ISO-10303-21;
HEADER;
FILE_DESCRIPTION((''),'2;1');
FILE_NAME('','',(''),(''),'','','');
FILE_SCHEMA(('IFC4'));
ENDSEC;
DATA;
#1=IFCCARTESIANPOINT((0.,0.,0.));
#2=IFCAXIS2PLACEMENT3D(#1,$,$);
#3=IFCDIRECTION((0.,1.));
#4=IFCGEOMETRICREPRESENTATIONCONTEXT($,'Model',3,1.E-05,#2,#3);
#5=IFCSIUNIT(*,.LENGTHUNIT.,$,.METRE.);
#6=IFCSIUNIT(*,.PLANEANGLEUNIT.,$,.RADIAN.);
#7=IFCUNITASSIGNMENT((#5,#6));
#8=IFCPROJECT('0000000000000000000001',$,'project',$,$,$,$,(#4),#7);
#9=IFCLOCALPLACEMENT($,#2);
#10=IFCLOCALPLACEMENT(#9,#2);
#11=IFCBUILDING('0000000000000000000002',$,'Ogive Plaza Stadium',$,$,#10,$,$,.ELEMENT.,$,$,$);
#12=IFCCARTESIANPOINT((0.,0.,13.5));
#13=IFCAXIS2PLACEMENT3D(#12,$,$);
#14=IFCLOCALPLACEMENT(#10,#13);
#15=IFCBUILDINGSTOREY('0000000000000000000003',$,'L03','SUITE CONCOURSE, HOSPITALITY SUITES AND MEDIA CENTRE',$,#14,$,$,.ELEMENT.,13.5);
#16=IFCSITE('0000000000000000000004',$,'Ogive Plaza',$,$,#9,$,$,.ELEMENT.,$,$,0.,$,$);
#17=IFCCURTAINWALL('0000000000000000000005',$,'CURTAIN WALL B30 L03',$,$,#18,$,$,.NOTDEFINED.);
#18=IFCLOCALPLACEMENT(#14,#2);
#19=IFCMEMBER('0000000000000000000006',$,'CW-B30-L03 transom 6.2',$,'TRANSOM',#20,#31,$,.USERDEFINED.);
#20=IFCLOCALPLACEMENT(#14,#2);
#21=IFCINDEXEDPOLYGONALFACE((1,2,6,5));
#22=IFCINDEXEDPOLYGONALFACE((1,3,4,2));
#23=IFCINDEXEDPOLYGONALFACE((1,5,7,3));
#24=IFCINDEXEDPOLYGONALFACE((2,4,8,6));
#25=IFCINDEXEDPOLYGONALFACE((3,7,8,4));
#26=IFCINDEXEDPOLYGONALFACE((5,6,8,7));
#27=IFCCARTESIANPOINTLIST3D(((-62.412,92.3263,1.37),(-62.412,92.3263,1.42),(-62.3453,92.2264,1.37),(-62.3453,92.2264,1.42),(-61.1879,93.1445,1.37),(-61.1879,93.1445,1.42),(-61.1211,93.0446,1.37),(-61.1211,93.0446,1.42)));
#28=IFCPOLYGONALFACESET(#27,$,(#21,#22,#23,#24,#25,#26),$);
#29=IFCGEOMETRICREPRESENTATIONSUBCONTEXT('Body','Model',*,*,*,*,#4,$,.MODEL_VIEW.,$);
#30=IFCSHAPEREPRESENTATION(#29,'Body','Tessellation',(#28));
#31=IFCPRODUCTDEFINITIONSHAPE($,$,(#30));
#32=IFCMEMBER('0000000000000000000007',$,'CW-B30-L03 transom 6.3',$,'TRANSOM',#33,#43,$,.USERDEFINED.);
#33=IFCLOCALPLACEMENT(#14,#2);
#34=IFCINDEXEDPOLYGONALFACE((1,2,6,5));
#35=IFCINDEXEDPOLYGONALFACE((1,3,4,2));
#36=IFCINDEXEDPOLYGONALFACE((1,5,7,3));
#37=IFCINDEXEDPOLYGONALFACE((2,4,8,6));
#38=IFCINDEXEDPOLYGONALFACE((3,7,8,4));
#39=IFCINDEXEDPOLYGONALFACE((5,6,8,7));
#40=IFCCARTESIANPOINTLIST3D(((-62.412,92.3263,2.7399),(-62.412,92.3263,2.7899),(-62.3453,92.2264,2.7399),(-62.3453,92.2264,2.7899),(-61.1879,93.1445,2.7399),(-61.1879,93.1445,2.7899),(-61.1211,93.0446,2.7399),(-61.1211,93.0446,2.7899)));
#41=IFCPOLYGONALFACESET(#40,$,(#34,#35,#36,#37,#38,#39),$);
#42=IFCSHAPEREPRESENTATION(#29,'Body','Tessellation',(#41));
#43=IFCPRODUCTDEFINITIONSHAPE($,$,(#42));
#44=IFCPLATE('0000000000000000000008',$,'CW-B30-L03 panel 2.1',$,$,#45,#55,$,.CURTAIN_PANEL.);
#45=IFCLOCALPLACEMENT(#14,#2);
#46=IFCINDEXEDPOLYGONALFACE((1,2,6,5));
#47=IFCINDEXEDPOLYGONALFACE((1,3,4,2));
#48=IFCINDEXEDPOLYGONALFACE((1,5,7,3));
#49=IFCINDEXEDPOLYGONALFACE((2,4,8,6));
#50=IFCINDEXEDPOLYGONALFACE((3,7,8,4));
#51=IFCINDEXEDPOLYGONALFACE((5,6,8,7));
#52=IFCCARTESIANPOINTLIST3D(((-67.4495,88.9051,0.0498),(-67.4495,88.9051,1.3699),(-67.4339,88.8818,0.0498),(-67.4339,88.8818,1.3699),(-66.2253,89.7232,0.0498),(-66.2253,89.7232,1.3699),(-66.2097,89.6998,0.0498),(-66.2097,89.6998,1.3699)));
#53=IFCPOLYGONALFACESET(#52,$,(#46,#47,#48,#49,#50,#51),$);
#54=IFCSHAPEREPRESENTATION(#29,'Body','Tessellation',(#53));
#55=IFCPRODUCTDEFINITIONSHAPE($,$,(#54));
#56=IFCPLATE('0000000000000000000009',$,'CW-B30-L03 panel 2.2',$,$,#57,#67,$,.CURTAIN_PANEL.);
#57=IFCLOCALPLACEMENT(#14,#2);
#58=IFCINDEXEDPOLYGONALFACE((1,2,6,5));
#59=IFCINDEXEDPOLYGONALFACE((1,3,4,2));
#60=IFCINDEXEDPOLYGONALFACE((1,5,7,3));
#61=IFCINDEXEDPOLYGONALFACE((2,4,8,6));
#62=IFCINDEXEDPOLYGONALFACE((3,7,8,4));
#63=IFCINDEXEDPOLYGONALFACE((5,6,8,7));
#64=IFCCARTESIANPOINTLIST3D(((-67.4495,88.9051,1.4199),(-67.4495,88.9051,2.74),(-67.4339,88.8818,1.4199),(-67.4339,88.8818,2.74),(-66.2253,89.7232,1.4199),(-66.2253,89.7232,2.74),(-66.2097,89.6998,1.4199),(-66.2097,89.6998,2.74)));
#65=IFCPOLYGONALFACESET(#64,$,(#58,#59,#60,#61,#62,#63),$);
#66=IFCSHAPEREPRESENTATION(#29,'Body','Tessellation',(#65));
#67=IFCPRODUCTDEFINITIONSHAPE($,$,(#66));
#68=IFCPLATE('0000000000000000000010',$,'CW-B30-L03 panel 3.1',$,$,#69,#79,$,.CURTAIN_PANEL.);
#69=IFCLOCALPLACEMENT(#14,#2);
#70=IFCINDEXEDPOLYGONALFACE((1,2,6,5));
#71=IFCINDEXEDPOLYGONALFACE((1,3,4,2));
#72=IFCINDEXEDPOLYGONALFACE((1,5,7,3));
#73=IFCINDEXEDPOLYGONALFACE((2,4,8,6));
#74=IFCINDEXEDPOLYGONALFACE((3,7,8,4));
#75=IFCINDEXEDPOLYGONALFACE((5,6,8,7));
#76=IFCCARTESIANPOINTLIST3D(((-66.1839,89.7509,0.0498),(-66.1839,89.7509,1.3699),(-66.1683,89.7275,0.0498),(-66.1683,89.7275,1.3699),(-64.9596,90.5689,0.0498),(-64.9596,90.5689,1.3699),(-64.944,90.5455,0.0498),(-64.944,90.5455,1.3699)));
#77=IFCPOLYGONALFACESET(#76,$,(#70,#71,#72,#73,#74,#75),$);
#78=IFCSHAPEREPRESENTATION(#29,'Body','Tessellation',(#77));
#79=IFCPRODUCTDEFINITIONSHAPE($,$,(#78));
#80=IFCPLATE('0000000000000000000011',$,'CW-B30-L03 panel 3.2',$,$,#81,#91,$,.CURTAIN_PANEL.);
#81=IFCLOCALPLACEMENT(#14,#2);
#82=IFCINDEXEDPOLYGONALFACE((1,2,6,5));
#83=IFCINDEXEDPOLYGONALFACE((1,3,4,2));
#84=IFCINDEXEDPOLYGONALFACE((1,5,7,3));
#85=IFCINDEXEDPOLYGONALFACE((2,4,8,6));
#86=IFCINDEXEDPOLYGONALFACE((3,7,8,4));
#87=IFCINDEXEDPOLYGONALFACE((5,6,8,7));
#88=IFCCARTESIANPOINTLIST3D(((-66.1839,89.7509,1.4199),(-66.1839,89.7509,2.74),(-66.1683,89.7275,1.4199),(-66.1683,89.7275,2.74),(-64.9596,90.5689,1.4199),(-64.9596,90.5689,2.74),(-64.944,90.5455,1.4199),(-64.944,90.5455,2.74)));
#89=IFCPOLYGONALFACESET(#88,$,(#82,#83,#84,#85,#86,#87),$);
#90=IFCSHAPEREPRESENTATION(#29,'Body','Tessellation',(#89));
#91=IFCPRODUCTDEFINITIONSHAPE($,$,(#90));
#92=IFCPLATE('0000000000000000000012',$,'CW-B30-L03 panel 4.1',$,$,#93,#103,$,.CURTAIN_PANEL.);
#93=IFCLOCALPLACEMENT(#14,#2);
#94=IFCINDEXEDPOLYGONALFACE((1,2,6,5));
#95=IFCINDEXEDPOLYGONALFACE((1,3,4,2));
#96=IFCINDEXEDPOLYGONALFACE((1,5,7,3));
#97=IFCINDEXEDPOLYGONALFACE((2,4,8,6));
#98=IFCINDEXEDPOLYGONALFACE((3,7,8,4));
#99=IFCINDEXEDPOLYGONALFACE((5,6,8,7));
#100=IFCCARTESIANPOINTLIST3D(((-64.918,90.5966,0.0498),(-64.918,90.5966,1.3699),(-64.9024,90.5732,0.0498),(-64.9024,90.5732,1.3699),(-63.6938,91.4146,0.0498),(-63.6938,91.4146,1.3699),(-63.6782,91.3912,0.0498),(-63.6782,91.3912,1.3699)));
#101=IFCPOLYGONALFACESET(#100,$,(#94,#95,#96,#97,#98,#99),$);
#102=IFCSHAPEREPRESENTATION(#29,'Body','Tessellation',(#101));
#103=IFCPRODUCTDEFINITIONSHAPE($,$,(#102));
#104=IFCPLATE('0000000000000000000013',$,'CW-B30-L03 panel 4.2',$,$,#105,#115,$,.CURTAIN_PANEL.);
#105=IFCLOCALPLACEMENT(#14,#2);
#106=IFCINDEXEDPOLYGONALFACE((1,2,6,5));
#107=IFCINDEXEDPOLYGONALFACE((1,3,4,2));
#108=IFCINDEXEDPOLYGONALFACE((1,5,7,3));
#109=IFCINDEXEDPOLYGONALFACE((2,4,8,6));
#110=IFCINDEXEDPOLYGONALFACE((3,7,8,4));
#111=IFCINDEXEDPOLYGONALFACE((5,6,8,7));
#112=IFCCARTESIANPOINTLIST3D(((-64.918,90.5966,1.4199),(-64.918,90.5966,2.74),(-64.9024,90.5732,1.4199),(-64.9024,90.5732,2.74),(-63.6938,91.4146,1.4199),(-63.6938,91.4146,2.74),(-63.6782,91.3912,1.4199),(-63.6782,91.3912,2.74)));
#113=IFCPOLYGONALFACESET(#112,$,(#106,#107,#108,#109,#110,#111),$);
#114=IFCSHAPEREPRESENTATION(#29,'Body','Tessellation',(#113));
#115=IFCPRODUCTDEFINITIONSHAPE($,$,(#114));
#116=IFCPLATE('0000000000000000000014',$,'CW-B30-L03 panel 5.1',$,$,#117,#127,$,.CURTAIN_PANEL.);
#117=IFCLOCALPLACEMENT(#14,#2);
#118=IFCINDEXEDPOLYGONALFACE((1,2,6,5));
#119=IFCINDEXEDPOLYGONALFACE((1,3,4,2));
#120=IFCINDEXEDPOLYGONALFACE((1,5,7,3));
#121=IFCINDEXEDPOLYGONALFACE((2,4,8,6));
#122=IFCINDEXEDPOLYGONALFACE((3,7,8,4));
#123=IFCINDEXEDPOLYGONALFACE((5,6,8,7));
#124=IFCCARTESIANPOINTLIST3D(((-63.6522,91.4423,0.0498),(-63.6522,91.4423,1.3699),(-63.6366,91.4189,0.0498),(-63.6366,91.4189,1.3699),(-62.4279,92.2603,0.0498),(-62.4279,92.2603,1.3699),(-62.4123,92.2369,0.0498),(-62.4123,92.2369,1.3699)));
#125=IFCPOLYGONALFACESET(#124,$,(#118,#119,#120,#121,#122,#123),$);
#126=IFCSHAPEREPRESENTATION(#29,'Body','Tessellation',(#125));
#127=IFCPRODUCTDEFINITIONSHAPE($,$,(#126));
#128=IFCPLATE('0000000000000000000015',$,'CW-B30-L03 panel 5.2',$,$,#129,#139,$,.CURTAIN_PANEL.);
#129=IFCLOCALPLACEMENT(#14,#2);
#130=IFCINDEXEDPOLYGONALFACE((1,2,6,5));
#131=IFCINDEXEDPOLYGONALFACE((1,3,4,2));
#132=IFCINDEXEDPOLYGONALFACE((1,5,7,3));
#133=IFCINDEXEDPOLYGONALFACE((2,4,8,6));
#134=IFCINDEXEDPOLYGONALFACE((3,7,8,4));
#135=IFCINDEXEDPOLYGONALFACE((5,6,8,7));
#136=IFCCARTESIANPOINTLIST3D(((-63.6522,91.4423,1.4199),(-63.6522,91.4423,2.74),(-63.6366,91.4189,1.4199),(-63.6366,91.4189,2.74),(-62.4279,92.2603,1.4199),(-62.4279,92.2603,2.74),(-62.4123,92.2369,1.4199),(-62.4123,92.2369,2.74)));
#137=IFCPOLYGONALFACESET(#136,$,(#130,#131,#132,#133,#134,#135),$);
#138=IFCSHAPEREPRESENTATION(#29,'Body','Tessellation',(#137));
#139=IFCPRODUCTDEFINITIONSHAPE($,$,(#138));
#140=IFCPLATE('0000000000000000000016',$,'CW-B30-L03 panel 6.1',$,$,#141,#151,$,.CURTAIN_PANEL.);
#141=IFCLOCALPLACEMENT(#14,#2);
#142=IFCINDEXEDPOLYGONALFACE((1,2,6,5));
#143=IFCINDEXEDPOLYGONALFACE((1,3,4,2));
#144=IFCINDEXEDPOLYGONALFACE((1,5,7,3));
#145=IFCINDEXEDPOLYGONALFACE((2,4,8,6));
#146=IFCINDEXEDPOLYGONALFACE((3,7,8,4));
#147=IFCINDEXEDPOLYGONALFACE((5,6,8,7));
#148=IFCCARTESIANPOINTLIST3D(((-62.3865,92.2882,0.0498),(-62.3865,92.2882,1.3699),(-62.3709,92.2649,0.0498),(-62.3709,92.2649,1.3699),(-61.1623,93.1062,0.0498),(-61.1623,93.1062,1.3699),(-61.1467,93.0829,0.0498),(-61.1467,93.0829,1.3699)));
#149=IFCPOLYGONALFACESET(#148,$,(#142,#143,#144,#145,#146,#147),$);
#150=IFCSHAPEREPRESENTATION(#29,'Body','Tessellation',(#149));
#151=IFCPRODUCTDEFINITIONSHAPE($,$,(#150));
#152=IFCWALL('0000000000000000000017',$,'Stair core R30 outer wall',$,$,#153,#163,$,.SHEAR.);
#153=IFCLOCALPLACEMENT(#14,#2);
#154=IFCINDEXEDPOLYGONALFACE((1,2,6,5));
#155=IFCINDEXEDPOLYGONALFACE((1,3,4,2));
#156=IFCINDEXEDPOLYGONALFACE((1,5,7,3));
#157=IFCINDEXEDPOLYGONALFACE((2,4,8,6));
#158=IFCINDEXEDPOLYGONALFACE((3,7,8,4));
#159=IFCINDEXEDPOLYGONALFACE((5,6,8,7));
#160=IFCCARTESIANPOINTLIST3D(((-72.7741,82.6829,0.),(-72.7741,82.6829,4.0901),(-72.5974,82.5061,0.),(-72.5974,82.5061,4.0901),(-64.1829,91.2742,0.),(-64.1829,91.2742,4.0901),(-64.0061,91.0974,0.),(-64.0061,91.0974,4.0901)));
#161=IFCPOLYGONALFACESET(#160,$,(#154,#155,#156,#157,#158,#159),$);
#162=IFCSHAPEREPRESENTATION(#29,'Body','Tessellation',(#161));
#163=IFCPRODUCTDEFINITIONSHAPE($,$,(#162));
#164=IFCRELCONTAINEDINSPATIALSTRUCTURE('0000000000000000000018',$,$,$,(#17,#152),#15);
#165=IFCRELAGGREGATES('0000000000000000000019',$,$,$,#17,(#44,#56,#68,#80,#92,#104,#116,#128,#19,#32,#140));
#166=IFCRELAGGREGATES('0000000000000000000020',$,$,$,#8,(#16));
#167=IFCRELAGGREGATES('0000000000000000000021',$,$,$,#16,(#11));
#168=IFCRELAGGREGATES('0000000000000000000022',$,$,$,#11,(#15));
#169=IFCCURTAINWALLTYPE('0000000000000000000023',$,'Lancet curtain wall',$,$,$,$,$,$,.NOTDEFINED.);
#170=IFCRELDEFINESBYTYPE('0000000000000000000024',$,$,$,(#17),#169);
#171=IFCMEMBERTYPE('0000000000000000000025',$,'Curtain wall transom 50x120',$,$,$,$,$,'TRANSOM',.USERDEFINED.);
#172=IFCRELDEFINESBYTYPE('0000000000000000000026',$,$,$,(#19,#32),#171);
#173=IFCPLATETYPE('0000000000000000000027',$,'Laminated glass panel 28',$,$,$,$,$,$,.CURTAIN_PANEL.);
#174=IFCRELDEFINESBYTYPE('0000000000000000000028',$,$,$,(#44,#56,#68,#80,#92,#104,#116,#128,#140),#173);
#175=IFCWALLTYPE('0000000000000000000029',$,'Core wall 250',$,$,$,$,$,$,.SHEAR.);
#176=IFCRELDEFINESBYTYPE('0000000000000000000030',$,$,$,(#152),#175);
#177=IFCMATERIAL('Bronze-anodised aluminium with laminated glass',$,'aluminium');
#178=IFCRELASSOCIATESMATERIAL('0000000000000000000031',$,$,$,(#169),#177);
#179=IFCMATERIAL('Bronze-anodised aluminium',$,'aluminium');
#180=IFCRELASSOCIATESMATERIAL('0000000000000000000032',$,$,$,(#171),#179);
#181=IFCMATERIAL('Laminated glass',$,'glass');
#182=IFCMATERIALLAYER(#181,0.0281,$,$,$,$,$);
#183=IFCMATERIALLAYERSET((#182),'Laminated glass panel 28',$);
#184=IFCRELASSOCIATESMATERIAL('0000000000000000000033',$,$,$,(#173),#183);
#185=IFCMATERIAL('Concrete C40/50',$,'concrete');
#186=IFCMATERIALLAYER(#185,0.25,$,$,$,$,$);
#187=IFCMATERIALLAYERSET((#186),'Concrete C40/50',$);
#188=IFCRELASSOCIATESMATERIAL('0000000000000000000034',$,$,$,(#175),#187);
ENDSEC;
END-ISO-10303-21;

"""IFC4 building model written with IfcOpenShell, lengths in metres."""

from ifc_helpers import new_model, si_unit, direction, frame, frame_2d, origin, origin_2d, place, context, subcontext, project, spatial, rectangle, extrude, material, layer, layer_set, material_profile, profile_set, type_object, element, aggregate, save


model = new_model("IFC4")

# Units and contexts
model_context = context("Model", 3, precision=1e-05, world=origin(), true_north=direction((0.0, 1.0)))
body_context = subcontext(model_context, "Body", "Model", "MODEL_VIEW")
ifc_project = project(units=[si_unit("LENGTHUNIT", "METRE"), si_unit("PLANEANGLEUNIT", "RADIAN")], contexts=[model_context])

# Site, building, storey
site_placement = place(None, origin())
site = spatial("IfcSite", under=ifc_project, at=site_placement, Name="Ogive Plaza", CompositionType="ELEMENT", RefElevation=0.0)
building_placement = place(site_placement, origin())
building = spatial("IfcBuilding", under=site, at=building_placement, Name="Ogive Plaza Stadium", CompositionType="ELEMENT")
storey_placement = place(building_placement, frame((0.0, 0.0, 13.5)))
storey = spatial("IfcBuildingStorey", under=building, at=storey_placement, Name="L03", Description="SUITE CONCOURSE, HOSPITALITY SUITES AND MEDIA CENTRE", CompositionType="ELEMENT", Elevation=13.5)

# Curtain wall, members, plates
ifc_material_1 = material(Name="Bronze-anodised aluminium with laminated glass", Category="aluminium")
curtain_wall_type = type_object("IfcCurtainWallType", Name="Lancet curtain wall", PredefinedType="NOTDEFINED", material=ifc_material_1)
curtain_wall_placement = place(storey_placement, origin())
curtain_wall = element("IfcCurtainWall", 1, at=curtain_wall_placement, inside=storey, type_object=curtain_wall_type, Name="CURTAIN WALL B30 L03", PredefinedType="NOTDEFINED")
ifc_material_2 = material(Name="Bronze-anodised aluminium", Category="aluminium")
ifc_material_profile_1 = material_profile(ifc_material_2, rectangle(XDim=0.1201, YDim=0.05, at=origin_2d()), Name="AL 120x50")
ifc_profile_set_1 = profile_set([ifc_material_profile_1], Name="Bronze-anodised aluminium")
member_type_1 = type_object("IfcMemberType", Name="Curtain wall transom 50x120", ElementType="TRANSOM", PredefinedType="USERDEFINED", material=ifc_profile_set_1)
member_1_placement = place(storey_placement, frame((-62.3787, 92.2764, 1.395), z_axis=(0.831412, 0.555656, 0.0), x_axis=(-0.555656, 0.831412, 0.0)))
member_1 = element("IfcMember", 2, at=member_1_placement, type_object=member_type_1, Name="CW-B30-L03 transom 6.2", ObjectType="TRANSOM", PredefinedType="USERDEFINED", context=body_context, shape_type="SweptSolid", body=[
    extrude(rectangle(XDim=0.1201, YDim=0.05, at=origin_2d()), origin(), (0.0, 0.0, 1.0), 1.4724),
])
member_2_placement = place(storey_placement, frame((-62.3787, 92.2764, 2.7649), z_axis=(0.831412, 0.555656, 0.0), x_axis=(-0.555656, 0.831412, 0.0)))
member_2 = element("IfcMember", 3, at=member_2_placement, type_object=member_type_1, Name="CW-B30-L03 transom 6.3", ObjectType="TRANSOM", PredefinedType="USERDEFINED", context=body_context, shape_type="SweptSolid", body=[
    extrude(rectangle(XDim=0.1201, YDim=0.05, at=origin_2d()), origin(), (0.0, 0.0, 1.0), 1.4724),
])
ifc_material_3 = material(Name="Laminated glass", Category="glass")
ifc_layer_1 = layer(ifc_material_3, 0.0281)
ifc_layer_set_1 = layer_set([ifc_layer_1], Name="Laminated glass panel 28")
plate_type = type_object("IfcPlateType", Name="Laminated glass panel 28", PredefinedType="CURTAIN_PANEL", material=ifc_layer_set_1)
plate_1_placement = place(storey_placement, frame((-66.8296, 89.3025, 0.0498), z_axis=(0.0, 0.0, 1.0), x_axis=(0.83147, 0.55557, 0.0)))
plate_1 = element("IfcPlate", 4, at=plate_1_placement, type_object=plate_type, Name="CW-B30-L03 panel 2.1", PredefinedType="CURTAIN_PANEL", context=body_context, shape_type="SweptSolid", body=[
    extrude(rectangle(XDim=1.4724, YDim=0.0281, at=origin_2d()), origin(), (0.0, 0.0, 1.0), 1.3201),
])
plate_2_placement = place(storey_placement, frame((-66.8296, 89.3025, 1.4199), z_axis=(0.0, 0.0, 1.0), x_axis=(0.83147, 0.55557, 0.0)))
plate_2 = element("IfcPlate", 5, at=plate_2_placement, type_object=plate_type, Name="CW-B30-L03 panel 2.2", PredefinedType="CURTAIN_PANEL", context=body_context, shape_type="SweptSolid", body=[
    extrude(rectangle(XDim=1.4724, YDim=0.0281, at=origin_2d()), origin(), (0.0, 0.0, 1.0), 1.3201),
])
plate_3_placement = place(storey_placement, frame((-65.564, 90.1482, 0.0498), z_axis=(0.0, 0.0, 1.0), x_axis=(0.83147, 0.55557, 0.0)))
plate_3 = element("IfcPlate", 6, at=plate_3_placement, type_object=plate_type, Name="CW-B30-L03 panel 3.1", PredefinedType="CURTAIN_PANEL", context=body_context, shape_type="SweptSolid", body=[
    extrude(rectangle(XDim=1.4724, YDim=0.0281, at=origin_2d()), origin(), (0.0, 0.0, 1.0), 1.3201),
])
plate_4_placement = place(storey_placement, frame((-65.564, 90.1482, 1.4199), z_axis=(0.0, 0.0, 1.0), x_axis=(0.83147, 0.55557, 0.0)))
plate_4 = element("IfcPlate", 7, at=plate_4_placement, type_object=plate_type, Name="CW-B30-L03 panel 3.2", PredefinedType="CURTAIN_PANEL", context=body_context, shape_type="SweptSolid", body=[
    extrude(rectangle(XDim=1.4724, YDim=0.0281, at=origin_2d()), origin(), (0.0, 0.0, 1.0), 1.3201),
])
plate_5_placement = place(storey_placement, frame((-64.2981, 90.9939, 0.0498), z_axis=(0.0, 0.0, 1.0), x_axis=(0.83147, 0.55557, 0.0)))
plate_5 = element("IfcPlate", 8, at=plate_5_placement, type_object=plate_type, Name="CW-B30-L03 panel 4.1", PredefinedType="CURTAIN_PANEL", context=body_context, shape_type="SweptSolid", body=[
    extrude(rectangle(XDim=1.4724, YDim=0.0281, at=origin_2d()), origin(), (0.0, 0.0, 1.0), 1.3201),
])
plate_6_placement = place(storey_placement, frame((-64.2981, 90.9939, 1.4199), z_axis=(0.0, 0.0, 1.0), x_axis=(0.83147, 0.55557, 0.0)))
plate_6 = element("IfcPlate", 9, at=plate_6_placement, type_object=plate_type, Name="CW-B30-L03 panel 4.2", PredefinedType="CURTAIN_PANEL", context=body_context, shape_type="SweptSolid", body=[
    extrude(rectangle(XDim=1.4724, YDim=0.0281, at=origin_2d()), origin(), (0.0, 0.0, 1.0), 1.3201),
])
plate_7_placement = place(storey_placement, frame((-63.0322, 91.8396, 0.0498), z_axis=(0.0, 0.0, 1.0), x_axis=(0.83147, 0.55557, 0.0)))
plate_7 = element("IfcPlate", 10, at=plate_7_placement, type_object=plate_type, Name="CW-B30-L03 panel 5.1", PredefinedType="CURTAIN_PANEL", context=body_context, shape_type="SweptSolid", body=[
    extrude(rectangle(XDim=1.4724, YDim=0.0281, at=origin_2d()), origin(), (0.0, 0.0, 1.0), 1.3201),
])
plate_8_placement = place(storey_placement, frame((-63.0322, 91.8396, 1.4199), z_axis=(0.0, 0.0, 1.0), x_axis=(0.83147, 0.55557, 0.0)))
plate_8 = element("IfcPlate", 11, at=plate_8_placement, type_object=plate_type, Name="CW-B30-L03 panel 5.2", PredefinedType="CURTAIN_PANEL", context=body_context, shape_type="SweptSolid", body=[
    extrude(rectangle(XDim=1.4724, YDim=0.0281, at=origin_2d()), origin(), (0.0, 0.0, 1.0), 1.3201),
])
plate_9_placement = place(storey_placement, frame((-61.7666, 92.6855, 0.0498), z_axis=(0.0, 0.0, 1.0), x_axis=(0.83147, 0.55557, 0.0)))
plate_9 = element("IfcPlate", 12, at=plate_9_placement, type_object=plate_type, Name="CW-B30-L03 panel 6.1", PredefinedType="CURTAIN_PANEL", context=body_context, shape_type="SweptSolid", body=[
    extrude(rectangle(XDim=1.4724, YDim=0.0281, at=origin_2d()), origin(), (0.0, 0.0, 1.0), 1.3201),
])
aggregate(curtain_wall, [plate_1, plate_2, plate_3, plate_4, plate_5, plate_6, plate_7, plate_8, member_1, member_2, plate_9])

# Wall
ifc_material_4 = material(Name="Concrete C40/50", Category="concrete")
ifc_layer_2 = layer(ifc_material_4, 0.25)
ifc_layer_set_2 = layer_set([ifc_layer_2], Name="Concrete C40/50")
wall_type = type_object("IfcWallType", Name="Core wall 250", PredefinedType="SHEAR", material=ifc_layer_set_2)
wall_placement = place(storey_placement, frame((-64.0945, 91.1858, 0.0), z_axis=(0.0, 0.0, 1.0), x_axis=(-0.707107, -0.707107, 0.0)))
element("IfcWall", 13, at=wall_placement, inside=storey, type_object=wall_type, Name="Stair core R30 outer wall", PredefinedType="SHEAR", context=body_context, shape_type="SweptSolid", body=[
    extrude(rectangle(XDim=12.1499, YDim=0.25, at=frame_2d((6.075, 0.0))), origin(), (0.0, 0.0, 1.0), 4.0901),
])

save(model, "model.ifc")
